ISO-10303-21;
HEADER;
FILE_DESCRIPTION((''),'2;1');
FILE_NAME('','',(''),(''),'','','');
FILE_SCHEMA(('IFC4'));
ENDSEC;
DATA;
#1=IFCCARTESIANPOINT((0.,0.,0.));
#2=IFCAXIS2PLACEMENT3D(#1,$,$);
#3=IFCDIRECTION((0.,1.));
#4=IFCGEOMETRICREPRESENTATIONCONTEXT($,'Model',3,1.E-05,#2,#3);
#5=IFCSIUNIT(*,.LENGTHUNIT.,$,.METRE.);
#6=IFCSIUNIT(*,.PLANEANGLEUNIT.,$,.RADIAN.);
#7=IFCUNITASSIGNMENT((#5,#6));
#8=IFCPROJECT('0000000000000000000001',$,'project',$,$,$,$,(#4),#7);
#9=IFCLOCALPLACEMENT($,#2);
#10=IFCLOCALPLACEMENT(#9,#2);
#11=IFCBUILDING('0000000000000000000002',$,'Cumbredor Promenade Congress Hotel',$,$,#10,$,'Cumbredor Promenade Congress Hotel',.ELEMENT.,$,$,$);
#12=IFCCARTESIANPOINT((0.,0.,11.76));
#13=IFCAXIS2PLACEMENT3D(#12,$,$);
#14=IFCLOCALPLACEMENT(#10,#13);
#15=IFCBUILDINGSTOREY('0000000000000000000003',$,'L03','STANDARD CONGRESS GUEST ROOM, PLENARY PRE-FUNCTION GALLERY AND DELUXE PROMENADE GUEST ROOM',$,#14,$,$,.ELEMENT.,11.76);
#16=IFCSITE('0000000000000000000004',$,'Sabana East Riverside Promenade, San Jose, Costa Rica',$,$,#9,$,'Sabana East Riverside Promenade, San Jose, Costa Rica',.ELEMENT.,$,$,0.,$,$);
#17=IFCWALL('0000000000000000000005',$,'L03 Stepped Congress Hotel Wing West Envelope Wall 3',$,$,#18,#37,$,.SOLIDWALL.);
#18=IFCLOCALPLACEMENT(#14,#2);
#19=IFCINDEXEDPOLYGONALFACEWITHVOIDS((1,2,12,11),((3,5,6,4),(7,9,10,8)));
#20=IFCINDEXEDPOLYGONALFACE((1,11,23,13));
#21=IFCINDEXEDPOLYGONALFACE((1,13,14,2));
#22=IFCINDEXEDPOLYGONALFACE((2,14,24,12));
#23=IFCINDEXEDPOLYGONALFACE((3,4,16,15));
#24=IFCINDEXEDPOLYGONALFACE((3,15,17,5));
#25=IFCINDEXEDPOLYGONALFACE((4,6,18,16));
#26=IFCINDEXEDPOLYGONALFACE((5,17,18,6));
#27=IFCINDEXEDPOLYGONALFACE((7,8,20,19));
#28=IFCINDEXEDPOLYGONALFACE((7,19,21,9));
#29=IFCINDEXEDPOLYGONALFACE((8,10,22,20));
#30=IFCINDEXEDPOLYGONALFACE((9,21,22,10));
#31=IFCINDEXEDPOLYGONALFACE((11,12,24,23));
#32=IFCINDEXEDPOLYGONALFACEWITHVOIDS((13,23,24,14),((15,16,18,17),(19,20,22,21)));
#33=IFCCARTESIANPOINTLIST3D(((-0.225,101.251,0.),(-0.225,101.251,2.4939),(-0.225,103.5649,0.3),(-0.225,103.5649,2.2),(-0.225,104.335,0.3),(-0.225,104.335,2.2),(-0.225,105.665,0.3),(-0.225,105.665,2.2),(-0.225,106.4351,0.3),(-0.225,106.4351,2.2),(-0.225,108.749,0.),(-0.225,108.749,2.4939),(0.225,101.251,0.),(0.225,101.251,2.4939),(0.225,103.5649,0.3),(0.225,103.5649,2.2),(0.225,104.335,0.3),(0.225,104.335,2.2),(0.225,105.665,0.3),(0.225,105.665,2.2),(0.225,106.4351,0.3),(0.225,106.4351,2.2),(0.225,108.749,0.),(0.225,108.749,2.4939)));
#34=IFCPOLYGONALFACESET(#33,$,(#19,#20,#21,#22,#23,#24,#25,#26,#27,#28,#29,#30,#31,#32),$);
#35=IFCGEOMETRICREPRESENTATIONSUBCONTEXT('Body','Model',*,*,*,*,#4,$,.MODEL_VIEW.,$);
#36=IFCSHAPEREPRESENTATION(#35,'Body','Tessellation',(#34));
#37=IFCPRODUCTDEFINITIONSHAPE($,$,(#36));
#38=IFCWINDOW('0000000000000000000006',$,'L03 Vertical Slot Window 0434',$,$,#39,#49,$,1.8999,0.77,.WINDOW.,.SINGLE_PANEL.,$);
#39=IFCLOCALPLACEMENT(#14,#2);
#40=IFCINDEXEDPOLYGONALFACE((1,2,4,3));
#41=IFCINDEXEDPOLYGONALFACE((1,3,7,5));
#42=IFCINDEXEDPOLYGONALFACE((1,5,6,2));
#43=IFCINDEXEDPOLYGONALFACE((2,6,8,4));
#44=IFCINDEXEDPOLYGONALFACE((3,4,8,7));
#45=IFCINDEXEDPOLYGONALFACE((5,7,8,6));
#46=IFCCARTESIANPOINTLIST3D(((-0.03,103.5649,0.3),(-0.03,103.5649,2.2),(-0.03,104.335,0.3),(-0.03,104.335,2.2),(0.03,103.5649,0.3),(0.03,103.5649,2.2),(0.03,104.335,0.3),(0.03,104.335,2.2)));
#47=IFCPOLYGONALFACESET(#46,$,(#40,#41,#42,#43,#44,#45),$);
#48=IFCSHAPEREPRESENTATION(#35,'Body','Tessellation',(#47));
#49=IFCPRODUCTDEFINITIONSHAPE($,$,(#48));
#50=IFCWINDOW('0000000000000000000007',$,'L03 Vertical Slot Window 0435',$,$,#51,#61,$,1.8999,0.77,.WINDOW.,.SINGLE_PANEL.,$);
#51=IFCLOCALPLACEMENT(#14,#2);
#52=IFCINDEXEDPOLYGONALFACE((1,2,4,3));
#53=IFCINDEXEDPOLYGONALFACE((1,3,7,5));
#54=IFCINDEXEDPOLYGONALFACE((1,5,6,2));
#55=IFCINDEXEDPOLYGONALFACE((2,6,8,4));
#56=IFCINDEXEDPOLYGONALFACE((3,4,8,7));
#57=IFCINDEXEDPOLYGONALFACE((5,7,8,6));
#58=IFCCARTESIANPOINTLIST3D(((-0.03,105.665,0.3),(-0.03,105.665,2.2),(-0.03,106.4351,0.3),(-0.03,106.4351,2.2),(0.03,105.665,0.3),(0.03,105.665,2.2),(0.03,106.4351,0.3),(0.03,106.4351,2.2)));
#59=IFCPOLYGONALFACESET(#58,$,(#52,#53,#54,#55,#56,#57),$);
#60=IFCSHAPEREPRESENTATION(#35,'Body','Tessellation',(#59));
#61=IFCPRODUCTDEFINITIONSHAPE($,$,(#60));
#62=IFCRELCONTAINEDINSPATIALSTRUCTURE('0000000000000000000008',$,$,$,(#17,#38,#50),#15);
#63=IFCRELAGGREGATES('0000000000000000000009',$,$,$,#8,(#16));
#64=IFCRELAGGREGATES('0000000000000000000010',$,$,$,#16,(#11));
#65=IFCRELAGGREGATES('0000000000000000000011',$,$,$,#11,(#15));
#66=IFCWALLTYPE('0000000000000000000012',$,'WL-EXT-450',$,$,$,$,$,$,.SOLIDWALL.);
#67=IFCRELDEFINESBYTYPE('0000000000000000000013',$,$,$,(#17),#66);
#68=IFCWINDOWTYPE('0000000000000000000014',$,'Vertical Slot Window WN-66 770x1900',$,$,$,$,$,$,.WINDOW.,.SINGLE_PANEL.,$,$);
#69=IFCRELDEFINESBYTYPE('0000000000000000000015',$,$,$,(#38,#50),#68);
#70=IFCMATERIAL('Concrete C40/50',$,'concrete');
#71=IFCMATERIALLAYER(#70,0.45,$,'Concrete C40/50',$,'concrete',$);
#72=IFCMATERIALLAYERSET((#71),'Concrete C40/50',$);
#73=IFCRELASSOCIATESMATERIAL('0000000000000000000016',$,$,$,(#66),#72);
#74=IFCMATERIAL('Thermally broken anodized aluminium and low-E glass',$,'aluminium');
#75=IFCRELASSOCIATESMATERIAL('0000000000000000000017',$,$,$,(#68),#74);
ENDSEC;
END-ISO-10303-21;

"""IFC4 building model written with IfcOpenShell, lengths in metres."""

from ifc_helpers import new_model, si_unit, direction, frame, frame_2d, origin, place, context, subcontext, project, spatial, rectangle, extrude, material, layer, layer_set, type_object, element, fill, save


model = new_model("IFC4")

# Units and contexts
model_context = context("Model", 3, precision=1e-05, world=origin(), true_north=direction((0.0, 1.0)))
body_context = subcontext(model_context, "Body", "Model", "MODEL_VIEW")
ifc_project = project(units=[si_unit("LENGTHUNIT", "METRE"), si_unit("PLANEANGLEUNIT", "RADIAN")], contexts=[model_context])

# Site, building, storey
site_placement = place(None, origin())
site = spatial("IfcSite", under=ifc_project, at=site_placement, Name="Sabana East Riverside Promenade, San Jose, Costa Rica", LongName="Sabana East Riverside Promenade, San Jose, Costa Rica", CompositionType="ELEMENT", RefElevation=0.0)
building_placement = place(site_placement, origin())
building = spatial("IfcBuilding", under=site, at=building_placement, Name="Cumbredor Promenade Congress Hotel", LongName="Cumbredor Promenade Congress Hotel", CompositionType="ELEMENT")
storey_placement = place(building_placement, frame((0.0, 0.0, 11.76)))
storey = spatial("IfcBuildingStorey", under=building, at=storey_placement, Name="L03", Description="STANDARD CONGRESS GUEST ROOM, PLENARY PRE-FUNCTION GALLERY AND DELUXE PROMENADE GUEST ROOM", CompositionType="ELEMENT", Elevation=11.76)

# Shared definitions
ifc_material_1 = material(Name="Concrete C40/50", Category="concrete")

# Shared definitions
ifc_material_2 = material(Name="Thermally broken anodized aluminium and low-E glass", Category="aluminium")

# Wall, openings, windows
ifc_layer_1 = layer(ifc_material_1, 0.45, Name="Concrete C40/50", Category="concrete")
ifc_layer_set_1 = layer_set([ifc_layer_1], Name="Concrete C40/50")
wall_type_1 = type_object("IfcWallType", Name="WL-EXT-450", PredefinedType="SOLIDWALL", material=ifc_layer_set_1)
wall_1_placement = place(storey_placement, frame((0.0, 101.251, 0.0), z_axis=(0.0, 0.0, 1.0), x_axis=(0.0, 1.0, 0.0)))
wall_1 = element("IfcWall", 1, at=wall_1_placement, inside=storey, type_object=wall_type_1, Name="L03 Stepped Congress Hotel Wing West Envelope Wall 3", PredefinedType="SOLIDWALL", context=body_context, shape_type="SweptSolid", body=[
    extrude(rectangle(XDim=7.498, YDim=0.45, at=frame_2d((3.749, 0.0))), origin(), (0.0, 0.0, 1.0), 2.4939),
])
opening_1_placement = place(wall_1_placement, frame((2.314, 0.0, 0.3)))
opening_1 = element("IfcOpeningElement", 2, at=opening_1_placement, cuts=wall_1, PredefinedType="OPENING", context=body_context, shape_type="SweptSolid", body=[
    extrude(rectangle(XDim=0.77, YDim=1.8999, at=frame_2d((0.385, 0.95))), frame((0.0, 0.2349, 0.0), z_axis=(0.0, -1.0, 0.0), x_axis=(1.0, 0.0, 0.0)), (0.0, 0.0, 1.0), 0.47),
])
opening_2_placement = place(wall_1_placement, frame((4.4141, 0.0, 0.3)))
opening_2 = element("IfcOpeningElement", 3, at=opening_2_placement, cuts=wall_1, PredefinedType="OPENING", context=body_context, shape_type="SweptSolid", body=[
    extrude(rectangle(XDim=0.77, YDim=1.8999, at=frame_2d((0.385, 0.95))), frame((0.0, 0.2349, 0.0), z_axis=(0.0, -1.0, 0.0), x_axis=(1.0, 0.0, 0.0)), (0.0, 0.0, 1.0), 0.47),
])
window_type = type_object("IfcWindowType", Name="Vertical Slot Window WN-66 770x1900", PartitioningType="SINGLE_PANEL", PredefinedType="WINDOW", material=ifc_material_2)
window_1_placement = place(opening_1_placement, origin())
window_1 = element("IfcWindow", 4, at=window_1_placement, inside=storey, type_object=window_type, Name="L03 Vertical Slot Window 0434", OverallHeight=1.8999, OverallWidth=0.77, PartitioningType="SINGLE_PANEL", PredefinedType="WINDOW", context=body_context, shape_type="SweptSolid", body=[
    extrude(rectangle(XDim=0.77, YDim=1.8999, at=frame_2d((0.385, 0.95))), frame((0.0, 0.03, 0.0), z_axis=(0.0, -1.0, 0.0), x_axis=(1.0, 0.0, 0.0)), (0.0, 0.0, 1.0), 0.0601),
])
fill(opening_1, window_1)
window_2_placement = place(opening_2_placement, origin())
window_2 = element("IfcWindow", 5, at=window_2_placement, inside=storey, type_object=window_type, Name="L03 Vertical Slot Window 0435", OverallHeight=1.8999, OverallWidth=0.77, PartitioningType="SINGLE_PANEL", PredefinedType="WINDOW", context=body_context, shape_type="SweptSolid", body=[
    extrude(rectangle(XDim=0.77, YDim=1.8999, at=frame_2d((0.385, 0.95))), frame((0.0, 0.03, 0.0), z_axis=(0.0, -1.0, 0.0), x_axis=(1.0, 0.0, 0.0)), (0.0, 0.0, 1.0), 0.0601),
])
fill(opening_2, window_2)

save(model, "model.ifc")
